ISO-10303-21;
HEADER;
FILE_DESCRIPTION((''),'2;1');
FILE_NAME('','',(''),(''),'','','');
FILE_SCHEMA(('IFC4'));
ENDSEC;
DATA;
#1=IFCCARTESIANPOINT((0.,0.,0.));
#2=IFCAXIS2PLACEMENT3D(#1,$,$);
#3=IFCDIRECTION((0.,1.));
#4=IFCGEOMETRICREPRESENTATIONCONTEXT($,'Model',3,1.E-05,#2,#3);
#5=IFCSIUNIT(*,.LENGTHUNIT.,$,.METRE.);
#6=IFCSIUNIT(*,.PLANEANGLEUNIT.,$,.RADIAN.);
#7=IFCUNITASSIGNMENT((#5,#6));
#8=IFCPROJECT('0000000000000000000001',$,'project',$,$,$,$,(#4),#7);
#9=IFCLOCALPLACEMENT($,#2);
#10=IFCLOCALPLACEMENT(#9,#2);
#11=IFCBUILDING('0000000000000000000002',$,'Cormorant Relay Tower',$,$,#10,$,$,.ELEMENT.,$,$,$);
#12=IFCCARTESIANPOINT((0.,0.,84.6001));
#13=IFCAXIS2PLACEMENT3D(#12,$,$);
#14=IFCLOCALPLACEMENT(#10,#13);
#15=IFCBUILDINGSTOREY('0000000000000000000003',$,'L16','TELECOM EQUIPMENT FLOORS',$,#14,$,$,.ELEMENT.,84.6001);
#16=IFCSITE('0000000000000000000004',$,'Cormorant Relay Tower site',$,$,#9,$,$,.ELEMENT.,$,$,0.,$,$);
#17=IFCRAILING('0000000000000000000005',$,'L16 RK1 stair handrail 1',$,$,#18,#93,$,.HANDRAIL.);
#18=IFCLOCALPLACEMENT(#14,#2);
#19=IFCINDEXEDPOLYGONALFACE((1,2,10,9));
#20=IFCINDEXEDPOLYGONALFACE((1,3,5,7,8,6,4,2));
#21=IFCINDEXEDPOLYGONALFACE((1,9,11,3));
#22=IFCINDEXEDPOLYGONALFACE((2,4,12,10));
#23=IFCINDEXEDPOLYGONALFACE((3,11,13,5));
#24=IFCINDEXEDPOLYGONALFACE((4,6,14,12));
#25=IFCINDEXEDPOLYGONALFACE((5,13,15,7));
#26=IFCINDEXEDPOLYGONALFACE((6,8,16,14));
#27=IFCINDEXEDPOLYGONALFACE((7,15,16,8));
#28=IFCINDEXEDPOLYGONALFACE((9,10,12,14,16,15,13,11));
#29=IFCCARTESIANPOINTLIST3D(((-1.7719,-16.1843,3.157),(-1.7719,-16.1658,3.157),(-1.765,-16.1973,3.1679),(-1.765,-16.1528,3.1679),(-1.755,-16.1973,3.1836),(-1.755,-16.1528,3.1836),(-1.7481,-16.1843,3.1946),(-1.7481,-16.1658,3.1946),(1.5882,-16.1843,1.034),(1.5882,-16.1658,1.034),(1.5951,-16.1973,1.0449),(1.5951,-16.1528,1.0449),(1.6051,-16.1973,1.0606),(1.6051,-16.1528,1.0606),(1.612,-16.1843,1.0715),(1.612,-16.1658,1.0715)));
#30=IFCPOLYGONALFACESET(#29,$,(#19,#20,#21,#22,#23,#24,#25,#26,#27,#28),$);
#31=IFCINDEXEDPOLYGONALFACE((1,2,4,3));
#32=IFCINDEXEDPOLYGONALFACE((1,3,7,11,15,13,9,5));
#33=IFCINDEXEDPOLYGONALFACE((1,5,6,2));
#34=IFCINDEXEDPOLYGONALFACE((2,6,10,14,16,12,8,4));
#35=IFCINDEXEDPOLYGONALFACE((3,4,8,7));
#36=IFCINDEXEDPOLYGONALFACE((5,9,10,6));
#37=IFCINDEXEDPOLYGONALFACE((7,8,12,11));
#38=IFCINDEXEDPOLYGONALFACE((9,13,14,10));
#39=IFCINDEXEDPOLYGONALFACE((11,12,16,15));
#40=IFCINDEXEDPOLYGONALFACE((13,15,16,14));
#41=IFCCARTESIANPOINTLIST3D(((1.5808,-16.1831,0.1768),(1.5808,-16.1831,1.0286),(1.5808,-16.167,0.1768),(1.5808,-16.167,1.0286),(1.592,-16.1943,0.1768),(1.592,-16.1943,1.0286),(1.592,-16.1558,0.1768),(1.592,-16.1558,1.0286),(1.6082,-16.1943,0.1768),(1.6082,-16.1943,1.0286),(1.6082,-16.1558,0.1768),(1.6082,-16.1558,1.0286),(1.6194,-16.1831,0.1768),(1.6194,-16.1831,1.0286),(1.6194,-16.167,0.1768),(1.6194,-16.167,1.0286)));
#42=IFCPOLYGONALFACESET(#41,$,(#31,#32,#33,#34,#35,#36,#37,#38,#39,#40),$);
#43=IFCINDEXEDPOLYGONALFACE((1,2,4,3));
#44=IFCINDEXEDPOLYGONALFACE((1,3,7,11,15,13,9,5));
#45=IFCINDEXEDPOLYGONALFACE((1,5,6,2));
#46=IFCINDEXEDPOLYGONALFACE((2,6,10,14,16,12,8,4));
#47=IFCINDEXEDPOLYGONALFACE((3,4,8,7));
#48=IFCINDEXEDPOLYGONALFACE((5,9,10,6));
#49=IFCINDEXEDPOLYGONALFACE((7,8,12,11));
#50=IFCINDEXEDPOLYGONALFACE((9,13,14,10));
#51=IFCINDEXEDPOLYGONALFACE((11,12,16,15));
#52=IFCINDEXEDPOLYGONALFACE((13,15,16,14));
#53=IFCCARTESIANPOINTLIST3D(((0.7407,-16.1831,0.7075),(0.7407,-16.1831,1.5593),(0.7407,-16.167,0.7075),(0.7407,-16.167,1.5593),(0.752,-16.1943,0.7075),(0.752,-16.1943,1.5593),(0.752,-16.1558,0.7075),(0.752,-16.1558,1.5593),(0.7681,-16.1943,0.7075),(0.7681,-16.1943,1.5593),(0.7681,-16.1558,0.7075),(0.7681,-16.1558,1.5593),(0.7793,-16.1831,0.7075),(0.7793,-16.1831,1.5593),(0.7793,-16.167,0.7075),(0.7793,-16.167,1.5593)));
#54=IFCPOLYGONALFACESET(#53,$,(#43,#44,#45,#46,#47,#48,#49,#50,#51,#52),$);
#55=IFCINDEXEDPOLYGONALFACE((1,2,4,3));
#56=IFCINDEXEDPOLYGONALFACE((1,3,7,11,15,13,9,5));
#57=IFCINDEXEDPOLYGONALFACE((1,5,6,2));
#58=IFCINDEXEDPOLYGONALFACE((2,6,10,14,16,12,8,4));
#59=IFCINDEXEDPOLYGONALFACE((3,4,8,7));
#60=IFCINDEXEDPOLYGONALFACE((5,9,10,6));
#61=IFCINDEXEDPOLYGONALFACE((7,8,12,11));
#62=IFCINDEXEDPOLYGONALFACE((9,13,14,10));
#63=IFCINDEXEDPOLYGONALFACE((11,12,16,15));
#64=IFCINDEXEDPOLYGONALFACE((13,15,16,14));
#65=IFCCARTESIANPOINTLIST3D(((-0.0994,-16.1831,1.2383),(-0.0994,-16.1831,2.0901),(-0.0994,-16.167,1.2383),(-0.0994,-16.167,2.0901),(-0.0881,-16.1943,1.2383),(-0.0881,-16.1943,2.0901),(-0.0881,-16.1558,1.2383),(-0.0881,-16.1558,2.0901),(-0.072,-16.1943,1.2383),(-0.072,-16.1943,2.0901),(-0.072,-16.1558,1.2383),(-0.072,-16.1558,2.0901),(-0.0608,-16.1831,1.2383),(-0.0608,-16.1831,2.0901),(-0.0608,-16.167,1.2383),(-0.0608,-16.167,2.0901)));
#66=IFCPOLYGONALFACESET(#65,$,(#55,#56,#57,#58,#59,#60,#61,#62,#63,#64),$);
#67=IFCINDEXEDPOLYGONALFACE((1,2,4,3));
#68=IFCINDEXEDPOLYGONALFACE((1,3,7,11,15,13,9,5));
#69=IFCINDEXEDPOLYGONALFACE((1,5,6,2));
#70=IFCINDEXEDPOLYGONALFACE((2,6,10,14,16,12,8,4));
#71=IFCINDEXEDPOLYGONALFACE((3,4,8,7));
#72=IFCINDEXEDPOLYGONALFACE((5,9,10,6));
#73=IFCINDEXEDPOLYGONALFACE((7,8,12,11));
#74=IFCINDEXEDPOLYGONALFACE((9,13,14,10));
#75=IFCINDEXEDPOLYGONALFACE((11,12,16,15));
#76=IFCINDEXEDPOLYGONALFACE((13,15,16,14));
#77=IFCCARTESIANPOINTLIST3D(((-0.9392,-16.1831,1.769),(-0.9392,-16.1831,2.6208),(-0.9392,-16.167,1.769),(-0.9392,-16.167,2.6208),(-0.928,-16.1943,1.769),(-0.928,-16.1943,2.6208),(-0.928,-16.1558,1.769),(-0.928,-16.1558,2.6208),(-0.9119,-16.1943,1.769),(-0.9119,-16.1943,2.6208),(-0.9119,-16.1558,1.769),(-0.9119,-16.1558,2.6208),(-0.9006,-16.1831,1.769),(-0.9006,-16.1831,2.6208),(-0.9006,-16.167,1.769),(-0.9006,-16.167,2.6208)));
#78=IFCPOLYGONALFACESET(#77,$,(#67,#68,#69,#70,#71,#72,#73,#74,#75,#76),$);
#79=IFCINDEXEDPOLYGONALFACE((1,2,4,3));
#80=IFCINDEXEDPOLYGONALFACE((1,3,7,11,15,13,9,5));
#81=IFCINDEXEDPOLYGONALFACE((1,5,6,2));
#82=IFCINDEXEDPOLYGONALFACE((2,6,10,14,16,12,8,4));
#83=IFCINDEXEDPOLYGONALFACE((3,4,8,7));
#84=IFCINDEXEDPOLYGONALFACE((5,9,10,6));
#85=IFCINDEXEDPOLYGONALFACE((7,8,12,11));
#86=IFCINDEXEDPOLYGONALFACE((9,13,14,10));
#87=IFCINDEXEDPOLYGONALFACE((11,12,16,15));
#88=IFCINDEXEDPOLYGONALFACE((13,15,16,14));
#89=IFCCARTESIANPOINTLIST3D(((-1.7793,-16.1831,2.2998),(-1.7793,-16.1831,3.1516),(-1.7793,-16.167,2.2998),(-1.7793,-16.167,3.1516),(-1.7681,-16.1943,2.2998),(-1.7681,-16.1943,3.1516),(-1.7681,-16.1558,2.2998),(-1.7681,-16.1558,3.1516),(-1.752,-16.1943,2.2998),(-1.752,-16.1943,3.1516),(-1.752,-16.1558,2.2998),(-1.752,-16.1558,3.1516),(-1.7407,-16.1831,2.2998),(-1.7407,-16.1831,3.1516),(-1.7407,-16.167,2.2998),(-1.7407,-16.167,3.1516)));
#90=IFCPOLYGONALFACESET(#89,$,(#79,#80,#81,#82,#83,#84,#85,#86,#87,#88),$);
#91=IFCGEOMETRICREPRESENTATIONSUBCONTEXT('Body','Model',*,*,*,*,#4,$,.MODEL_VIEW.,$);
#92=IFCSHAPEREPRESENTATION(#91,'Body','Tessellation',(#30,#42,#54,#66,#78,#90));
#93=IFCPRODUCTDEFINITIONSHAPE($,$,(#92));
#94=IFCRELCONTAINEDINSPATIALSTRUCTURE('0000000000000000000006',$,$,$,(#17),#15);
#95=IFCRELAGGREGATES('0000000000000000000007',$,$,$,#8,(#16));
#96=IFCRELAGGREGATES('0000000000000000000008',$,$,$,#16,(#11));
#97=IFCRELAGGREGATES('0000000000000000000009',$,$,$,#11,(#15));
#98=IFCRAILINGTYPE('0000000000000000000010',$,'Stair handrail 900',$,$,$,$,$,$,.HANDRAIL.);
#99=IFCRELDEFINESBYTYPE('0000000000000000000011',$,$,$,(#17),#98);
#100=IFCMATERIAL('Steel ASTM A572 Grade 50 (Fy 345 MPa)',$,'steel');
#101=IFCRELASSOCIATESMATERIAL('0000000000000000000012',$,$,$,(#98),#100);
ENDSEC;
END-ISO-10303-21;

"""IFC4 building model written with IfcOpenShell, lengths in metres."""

from ifc_helpers import new_model, si_unit, direction, frame, origin, place, context, subcontext, project, spatial, polyline, outline, extrude, material, type_object, element, save


model = new_model("IFC4")

# Units and contexts
model_context = context("Model", 3, precision=1e-05, world=origin(), true_north=direction((0.0, 1.0)))
body_context = subcontext(model_context, "Body", "Model", "MODEL_VIEW")
ifc_project = project(units=[si_unit("LENGTHUNIT", "METRE"), si_unit("PLANEANGLEUNIT", "RADIAN")], contexts=[model_context])

# Site, building, storey
site_placement = place(None, origin())
site = spatial("IfcSite", under=ifc_project, at=site_placement, Name="Cormorant Relay Tower site", CompositionType="ELEMENT", RefElevation=0.0)
building_placement = place(site_placement, origin())
building = spatial("IfcBuilding", under=site, at=building_placement, Name="Cormorant Relay Tower", CompositionType="ELEMENT")
storey_placement = place(building_placement, frame((0.0, 0.0, 84.6001)))
storey = spatial("IfcBuildingStorey", under=building, at=storey_placement, Name="L16", Description="TELECOM EQUIPMENT FLOORS", CompositionType="ELEMENT", Elevation=84.6001)

# Railing
ifc_material_1 = material(Name="Steel ASTM A572 Grade 50 (Fy 345 MPa)", Category="steel")
railing_type_1 = type_object("IfcRailingType", Name="Stair handrail 900", PredefinedType="HANDRAIL", material=ifc_material_1)
railing_1_placement = place(storey_placement, frame((1.6001, -16.175, 0.1768)))
element("IfcRailing", 1, at=railing_1_placement, inside=storey, type_object=railing_type_1, Name="L16 RK1 stair handrail 1", PredefinedType="HANDRAIL", context=body_context, shape_type="SweptSolid", body=[
    extrude(outline(polyline([(0.0222, 0.0093), (0.0093, 0.0222), (-0.0093, 0.0222), (-0.0222, 0.0093), (-0.0222, -0.0093), (-0.0093, -0.0222), (0.0093, -0.0222), (0.0222, -0.0093), (0.0222, 0.0093)])), frame((0.0, 0.0, 0.876), z_axis=(-0.84539, 0.0, 0.53415), x_axis=(0.0, -1.0, 0.0)), (0.0, 0.0, 1.0), 3.9746),
    extrude(outline(polyline([(0.0193, 0.0081), (0.0081, 0.0193), (-0.0081, 0.0193), (-0.0193, 0.0081), (-0.0193, -0.0081), (-0.0081, -0.0193), (0.0081, -0.0193), (0.0193, -0.0081), (0.0193, 0.0081)])), origin(), (0.0, 0.0, 1.0), 0.8518),
    extrude(outline(polyline([(0.0193, 0.0081), (0.0081, 0.0193), (-0.0081, 0.0193), (-0.0193, 0.0081), (-0.0193, -0.0081), (-0.0081, -0.0193), (0.0081, -0.0193), (0.0193, -0.0081), (0.0193, 0.0081)])), frame((-0.8401, 0.0, 0.5308)), (0.0, 0.0, 1.0), 0.8518),
    extrude(outline(polyline([(0.0193, 0.0081), (0.0081, 0.0193), (-0.0081, 0.0193), (-0.0193, 0.0081), (-0.0193, -0.0081), (-0.0081, -0.0193), (0.0081, -0.0193), (0.0193, -0.0081), (0.0193, 0.0081)])), frame((-1.6802, 0.0, 1.0615)), (0.0, 0.0, 1.0), 0.8518),
    extrude(outline(polyline([(0.0193, 0.0081), (0.0081, 0.0193), (-0.0081, 0.0193), (-0.0193, 0.0081), (-0.0193, -0.0081), (-0.0081, -0.0193), (0.0081, -0.0193), (0.0193, -0.0081), (0.0193, 0.0081)])), frame((-2.52, 0.0, 1.5923)), (0.0, 0.0, 1.0), 0.8518),
    extrude(outline(polyline([(0.0193, 0.0081), (0.0081, 0.0193), (-0.0081, 0.0193), (-0.0193, 0.0081), (-0.0193, -0.0081), (-0.0081, -0.0193), (0.0081, -0.0193), (0.0193, -0.0081), (0.0193, 0.0081)])), frame((-3.3601, 0.0, 2.123)), (0.0, 0.0, 1.0), 0.8518),
])

save(model, "model.ifc")
